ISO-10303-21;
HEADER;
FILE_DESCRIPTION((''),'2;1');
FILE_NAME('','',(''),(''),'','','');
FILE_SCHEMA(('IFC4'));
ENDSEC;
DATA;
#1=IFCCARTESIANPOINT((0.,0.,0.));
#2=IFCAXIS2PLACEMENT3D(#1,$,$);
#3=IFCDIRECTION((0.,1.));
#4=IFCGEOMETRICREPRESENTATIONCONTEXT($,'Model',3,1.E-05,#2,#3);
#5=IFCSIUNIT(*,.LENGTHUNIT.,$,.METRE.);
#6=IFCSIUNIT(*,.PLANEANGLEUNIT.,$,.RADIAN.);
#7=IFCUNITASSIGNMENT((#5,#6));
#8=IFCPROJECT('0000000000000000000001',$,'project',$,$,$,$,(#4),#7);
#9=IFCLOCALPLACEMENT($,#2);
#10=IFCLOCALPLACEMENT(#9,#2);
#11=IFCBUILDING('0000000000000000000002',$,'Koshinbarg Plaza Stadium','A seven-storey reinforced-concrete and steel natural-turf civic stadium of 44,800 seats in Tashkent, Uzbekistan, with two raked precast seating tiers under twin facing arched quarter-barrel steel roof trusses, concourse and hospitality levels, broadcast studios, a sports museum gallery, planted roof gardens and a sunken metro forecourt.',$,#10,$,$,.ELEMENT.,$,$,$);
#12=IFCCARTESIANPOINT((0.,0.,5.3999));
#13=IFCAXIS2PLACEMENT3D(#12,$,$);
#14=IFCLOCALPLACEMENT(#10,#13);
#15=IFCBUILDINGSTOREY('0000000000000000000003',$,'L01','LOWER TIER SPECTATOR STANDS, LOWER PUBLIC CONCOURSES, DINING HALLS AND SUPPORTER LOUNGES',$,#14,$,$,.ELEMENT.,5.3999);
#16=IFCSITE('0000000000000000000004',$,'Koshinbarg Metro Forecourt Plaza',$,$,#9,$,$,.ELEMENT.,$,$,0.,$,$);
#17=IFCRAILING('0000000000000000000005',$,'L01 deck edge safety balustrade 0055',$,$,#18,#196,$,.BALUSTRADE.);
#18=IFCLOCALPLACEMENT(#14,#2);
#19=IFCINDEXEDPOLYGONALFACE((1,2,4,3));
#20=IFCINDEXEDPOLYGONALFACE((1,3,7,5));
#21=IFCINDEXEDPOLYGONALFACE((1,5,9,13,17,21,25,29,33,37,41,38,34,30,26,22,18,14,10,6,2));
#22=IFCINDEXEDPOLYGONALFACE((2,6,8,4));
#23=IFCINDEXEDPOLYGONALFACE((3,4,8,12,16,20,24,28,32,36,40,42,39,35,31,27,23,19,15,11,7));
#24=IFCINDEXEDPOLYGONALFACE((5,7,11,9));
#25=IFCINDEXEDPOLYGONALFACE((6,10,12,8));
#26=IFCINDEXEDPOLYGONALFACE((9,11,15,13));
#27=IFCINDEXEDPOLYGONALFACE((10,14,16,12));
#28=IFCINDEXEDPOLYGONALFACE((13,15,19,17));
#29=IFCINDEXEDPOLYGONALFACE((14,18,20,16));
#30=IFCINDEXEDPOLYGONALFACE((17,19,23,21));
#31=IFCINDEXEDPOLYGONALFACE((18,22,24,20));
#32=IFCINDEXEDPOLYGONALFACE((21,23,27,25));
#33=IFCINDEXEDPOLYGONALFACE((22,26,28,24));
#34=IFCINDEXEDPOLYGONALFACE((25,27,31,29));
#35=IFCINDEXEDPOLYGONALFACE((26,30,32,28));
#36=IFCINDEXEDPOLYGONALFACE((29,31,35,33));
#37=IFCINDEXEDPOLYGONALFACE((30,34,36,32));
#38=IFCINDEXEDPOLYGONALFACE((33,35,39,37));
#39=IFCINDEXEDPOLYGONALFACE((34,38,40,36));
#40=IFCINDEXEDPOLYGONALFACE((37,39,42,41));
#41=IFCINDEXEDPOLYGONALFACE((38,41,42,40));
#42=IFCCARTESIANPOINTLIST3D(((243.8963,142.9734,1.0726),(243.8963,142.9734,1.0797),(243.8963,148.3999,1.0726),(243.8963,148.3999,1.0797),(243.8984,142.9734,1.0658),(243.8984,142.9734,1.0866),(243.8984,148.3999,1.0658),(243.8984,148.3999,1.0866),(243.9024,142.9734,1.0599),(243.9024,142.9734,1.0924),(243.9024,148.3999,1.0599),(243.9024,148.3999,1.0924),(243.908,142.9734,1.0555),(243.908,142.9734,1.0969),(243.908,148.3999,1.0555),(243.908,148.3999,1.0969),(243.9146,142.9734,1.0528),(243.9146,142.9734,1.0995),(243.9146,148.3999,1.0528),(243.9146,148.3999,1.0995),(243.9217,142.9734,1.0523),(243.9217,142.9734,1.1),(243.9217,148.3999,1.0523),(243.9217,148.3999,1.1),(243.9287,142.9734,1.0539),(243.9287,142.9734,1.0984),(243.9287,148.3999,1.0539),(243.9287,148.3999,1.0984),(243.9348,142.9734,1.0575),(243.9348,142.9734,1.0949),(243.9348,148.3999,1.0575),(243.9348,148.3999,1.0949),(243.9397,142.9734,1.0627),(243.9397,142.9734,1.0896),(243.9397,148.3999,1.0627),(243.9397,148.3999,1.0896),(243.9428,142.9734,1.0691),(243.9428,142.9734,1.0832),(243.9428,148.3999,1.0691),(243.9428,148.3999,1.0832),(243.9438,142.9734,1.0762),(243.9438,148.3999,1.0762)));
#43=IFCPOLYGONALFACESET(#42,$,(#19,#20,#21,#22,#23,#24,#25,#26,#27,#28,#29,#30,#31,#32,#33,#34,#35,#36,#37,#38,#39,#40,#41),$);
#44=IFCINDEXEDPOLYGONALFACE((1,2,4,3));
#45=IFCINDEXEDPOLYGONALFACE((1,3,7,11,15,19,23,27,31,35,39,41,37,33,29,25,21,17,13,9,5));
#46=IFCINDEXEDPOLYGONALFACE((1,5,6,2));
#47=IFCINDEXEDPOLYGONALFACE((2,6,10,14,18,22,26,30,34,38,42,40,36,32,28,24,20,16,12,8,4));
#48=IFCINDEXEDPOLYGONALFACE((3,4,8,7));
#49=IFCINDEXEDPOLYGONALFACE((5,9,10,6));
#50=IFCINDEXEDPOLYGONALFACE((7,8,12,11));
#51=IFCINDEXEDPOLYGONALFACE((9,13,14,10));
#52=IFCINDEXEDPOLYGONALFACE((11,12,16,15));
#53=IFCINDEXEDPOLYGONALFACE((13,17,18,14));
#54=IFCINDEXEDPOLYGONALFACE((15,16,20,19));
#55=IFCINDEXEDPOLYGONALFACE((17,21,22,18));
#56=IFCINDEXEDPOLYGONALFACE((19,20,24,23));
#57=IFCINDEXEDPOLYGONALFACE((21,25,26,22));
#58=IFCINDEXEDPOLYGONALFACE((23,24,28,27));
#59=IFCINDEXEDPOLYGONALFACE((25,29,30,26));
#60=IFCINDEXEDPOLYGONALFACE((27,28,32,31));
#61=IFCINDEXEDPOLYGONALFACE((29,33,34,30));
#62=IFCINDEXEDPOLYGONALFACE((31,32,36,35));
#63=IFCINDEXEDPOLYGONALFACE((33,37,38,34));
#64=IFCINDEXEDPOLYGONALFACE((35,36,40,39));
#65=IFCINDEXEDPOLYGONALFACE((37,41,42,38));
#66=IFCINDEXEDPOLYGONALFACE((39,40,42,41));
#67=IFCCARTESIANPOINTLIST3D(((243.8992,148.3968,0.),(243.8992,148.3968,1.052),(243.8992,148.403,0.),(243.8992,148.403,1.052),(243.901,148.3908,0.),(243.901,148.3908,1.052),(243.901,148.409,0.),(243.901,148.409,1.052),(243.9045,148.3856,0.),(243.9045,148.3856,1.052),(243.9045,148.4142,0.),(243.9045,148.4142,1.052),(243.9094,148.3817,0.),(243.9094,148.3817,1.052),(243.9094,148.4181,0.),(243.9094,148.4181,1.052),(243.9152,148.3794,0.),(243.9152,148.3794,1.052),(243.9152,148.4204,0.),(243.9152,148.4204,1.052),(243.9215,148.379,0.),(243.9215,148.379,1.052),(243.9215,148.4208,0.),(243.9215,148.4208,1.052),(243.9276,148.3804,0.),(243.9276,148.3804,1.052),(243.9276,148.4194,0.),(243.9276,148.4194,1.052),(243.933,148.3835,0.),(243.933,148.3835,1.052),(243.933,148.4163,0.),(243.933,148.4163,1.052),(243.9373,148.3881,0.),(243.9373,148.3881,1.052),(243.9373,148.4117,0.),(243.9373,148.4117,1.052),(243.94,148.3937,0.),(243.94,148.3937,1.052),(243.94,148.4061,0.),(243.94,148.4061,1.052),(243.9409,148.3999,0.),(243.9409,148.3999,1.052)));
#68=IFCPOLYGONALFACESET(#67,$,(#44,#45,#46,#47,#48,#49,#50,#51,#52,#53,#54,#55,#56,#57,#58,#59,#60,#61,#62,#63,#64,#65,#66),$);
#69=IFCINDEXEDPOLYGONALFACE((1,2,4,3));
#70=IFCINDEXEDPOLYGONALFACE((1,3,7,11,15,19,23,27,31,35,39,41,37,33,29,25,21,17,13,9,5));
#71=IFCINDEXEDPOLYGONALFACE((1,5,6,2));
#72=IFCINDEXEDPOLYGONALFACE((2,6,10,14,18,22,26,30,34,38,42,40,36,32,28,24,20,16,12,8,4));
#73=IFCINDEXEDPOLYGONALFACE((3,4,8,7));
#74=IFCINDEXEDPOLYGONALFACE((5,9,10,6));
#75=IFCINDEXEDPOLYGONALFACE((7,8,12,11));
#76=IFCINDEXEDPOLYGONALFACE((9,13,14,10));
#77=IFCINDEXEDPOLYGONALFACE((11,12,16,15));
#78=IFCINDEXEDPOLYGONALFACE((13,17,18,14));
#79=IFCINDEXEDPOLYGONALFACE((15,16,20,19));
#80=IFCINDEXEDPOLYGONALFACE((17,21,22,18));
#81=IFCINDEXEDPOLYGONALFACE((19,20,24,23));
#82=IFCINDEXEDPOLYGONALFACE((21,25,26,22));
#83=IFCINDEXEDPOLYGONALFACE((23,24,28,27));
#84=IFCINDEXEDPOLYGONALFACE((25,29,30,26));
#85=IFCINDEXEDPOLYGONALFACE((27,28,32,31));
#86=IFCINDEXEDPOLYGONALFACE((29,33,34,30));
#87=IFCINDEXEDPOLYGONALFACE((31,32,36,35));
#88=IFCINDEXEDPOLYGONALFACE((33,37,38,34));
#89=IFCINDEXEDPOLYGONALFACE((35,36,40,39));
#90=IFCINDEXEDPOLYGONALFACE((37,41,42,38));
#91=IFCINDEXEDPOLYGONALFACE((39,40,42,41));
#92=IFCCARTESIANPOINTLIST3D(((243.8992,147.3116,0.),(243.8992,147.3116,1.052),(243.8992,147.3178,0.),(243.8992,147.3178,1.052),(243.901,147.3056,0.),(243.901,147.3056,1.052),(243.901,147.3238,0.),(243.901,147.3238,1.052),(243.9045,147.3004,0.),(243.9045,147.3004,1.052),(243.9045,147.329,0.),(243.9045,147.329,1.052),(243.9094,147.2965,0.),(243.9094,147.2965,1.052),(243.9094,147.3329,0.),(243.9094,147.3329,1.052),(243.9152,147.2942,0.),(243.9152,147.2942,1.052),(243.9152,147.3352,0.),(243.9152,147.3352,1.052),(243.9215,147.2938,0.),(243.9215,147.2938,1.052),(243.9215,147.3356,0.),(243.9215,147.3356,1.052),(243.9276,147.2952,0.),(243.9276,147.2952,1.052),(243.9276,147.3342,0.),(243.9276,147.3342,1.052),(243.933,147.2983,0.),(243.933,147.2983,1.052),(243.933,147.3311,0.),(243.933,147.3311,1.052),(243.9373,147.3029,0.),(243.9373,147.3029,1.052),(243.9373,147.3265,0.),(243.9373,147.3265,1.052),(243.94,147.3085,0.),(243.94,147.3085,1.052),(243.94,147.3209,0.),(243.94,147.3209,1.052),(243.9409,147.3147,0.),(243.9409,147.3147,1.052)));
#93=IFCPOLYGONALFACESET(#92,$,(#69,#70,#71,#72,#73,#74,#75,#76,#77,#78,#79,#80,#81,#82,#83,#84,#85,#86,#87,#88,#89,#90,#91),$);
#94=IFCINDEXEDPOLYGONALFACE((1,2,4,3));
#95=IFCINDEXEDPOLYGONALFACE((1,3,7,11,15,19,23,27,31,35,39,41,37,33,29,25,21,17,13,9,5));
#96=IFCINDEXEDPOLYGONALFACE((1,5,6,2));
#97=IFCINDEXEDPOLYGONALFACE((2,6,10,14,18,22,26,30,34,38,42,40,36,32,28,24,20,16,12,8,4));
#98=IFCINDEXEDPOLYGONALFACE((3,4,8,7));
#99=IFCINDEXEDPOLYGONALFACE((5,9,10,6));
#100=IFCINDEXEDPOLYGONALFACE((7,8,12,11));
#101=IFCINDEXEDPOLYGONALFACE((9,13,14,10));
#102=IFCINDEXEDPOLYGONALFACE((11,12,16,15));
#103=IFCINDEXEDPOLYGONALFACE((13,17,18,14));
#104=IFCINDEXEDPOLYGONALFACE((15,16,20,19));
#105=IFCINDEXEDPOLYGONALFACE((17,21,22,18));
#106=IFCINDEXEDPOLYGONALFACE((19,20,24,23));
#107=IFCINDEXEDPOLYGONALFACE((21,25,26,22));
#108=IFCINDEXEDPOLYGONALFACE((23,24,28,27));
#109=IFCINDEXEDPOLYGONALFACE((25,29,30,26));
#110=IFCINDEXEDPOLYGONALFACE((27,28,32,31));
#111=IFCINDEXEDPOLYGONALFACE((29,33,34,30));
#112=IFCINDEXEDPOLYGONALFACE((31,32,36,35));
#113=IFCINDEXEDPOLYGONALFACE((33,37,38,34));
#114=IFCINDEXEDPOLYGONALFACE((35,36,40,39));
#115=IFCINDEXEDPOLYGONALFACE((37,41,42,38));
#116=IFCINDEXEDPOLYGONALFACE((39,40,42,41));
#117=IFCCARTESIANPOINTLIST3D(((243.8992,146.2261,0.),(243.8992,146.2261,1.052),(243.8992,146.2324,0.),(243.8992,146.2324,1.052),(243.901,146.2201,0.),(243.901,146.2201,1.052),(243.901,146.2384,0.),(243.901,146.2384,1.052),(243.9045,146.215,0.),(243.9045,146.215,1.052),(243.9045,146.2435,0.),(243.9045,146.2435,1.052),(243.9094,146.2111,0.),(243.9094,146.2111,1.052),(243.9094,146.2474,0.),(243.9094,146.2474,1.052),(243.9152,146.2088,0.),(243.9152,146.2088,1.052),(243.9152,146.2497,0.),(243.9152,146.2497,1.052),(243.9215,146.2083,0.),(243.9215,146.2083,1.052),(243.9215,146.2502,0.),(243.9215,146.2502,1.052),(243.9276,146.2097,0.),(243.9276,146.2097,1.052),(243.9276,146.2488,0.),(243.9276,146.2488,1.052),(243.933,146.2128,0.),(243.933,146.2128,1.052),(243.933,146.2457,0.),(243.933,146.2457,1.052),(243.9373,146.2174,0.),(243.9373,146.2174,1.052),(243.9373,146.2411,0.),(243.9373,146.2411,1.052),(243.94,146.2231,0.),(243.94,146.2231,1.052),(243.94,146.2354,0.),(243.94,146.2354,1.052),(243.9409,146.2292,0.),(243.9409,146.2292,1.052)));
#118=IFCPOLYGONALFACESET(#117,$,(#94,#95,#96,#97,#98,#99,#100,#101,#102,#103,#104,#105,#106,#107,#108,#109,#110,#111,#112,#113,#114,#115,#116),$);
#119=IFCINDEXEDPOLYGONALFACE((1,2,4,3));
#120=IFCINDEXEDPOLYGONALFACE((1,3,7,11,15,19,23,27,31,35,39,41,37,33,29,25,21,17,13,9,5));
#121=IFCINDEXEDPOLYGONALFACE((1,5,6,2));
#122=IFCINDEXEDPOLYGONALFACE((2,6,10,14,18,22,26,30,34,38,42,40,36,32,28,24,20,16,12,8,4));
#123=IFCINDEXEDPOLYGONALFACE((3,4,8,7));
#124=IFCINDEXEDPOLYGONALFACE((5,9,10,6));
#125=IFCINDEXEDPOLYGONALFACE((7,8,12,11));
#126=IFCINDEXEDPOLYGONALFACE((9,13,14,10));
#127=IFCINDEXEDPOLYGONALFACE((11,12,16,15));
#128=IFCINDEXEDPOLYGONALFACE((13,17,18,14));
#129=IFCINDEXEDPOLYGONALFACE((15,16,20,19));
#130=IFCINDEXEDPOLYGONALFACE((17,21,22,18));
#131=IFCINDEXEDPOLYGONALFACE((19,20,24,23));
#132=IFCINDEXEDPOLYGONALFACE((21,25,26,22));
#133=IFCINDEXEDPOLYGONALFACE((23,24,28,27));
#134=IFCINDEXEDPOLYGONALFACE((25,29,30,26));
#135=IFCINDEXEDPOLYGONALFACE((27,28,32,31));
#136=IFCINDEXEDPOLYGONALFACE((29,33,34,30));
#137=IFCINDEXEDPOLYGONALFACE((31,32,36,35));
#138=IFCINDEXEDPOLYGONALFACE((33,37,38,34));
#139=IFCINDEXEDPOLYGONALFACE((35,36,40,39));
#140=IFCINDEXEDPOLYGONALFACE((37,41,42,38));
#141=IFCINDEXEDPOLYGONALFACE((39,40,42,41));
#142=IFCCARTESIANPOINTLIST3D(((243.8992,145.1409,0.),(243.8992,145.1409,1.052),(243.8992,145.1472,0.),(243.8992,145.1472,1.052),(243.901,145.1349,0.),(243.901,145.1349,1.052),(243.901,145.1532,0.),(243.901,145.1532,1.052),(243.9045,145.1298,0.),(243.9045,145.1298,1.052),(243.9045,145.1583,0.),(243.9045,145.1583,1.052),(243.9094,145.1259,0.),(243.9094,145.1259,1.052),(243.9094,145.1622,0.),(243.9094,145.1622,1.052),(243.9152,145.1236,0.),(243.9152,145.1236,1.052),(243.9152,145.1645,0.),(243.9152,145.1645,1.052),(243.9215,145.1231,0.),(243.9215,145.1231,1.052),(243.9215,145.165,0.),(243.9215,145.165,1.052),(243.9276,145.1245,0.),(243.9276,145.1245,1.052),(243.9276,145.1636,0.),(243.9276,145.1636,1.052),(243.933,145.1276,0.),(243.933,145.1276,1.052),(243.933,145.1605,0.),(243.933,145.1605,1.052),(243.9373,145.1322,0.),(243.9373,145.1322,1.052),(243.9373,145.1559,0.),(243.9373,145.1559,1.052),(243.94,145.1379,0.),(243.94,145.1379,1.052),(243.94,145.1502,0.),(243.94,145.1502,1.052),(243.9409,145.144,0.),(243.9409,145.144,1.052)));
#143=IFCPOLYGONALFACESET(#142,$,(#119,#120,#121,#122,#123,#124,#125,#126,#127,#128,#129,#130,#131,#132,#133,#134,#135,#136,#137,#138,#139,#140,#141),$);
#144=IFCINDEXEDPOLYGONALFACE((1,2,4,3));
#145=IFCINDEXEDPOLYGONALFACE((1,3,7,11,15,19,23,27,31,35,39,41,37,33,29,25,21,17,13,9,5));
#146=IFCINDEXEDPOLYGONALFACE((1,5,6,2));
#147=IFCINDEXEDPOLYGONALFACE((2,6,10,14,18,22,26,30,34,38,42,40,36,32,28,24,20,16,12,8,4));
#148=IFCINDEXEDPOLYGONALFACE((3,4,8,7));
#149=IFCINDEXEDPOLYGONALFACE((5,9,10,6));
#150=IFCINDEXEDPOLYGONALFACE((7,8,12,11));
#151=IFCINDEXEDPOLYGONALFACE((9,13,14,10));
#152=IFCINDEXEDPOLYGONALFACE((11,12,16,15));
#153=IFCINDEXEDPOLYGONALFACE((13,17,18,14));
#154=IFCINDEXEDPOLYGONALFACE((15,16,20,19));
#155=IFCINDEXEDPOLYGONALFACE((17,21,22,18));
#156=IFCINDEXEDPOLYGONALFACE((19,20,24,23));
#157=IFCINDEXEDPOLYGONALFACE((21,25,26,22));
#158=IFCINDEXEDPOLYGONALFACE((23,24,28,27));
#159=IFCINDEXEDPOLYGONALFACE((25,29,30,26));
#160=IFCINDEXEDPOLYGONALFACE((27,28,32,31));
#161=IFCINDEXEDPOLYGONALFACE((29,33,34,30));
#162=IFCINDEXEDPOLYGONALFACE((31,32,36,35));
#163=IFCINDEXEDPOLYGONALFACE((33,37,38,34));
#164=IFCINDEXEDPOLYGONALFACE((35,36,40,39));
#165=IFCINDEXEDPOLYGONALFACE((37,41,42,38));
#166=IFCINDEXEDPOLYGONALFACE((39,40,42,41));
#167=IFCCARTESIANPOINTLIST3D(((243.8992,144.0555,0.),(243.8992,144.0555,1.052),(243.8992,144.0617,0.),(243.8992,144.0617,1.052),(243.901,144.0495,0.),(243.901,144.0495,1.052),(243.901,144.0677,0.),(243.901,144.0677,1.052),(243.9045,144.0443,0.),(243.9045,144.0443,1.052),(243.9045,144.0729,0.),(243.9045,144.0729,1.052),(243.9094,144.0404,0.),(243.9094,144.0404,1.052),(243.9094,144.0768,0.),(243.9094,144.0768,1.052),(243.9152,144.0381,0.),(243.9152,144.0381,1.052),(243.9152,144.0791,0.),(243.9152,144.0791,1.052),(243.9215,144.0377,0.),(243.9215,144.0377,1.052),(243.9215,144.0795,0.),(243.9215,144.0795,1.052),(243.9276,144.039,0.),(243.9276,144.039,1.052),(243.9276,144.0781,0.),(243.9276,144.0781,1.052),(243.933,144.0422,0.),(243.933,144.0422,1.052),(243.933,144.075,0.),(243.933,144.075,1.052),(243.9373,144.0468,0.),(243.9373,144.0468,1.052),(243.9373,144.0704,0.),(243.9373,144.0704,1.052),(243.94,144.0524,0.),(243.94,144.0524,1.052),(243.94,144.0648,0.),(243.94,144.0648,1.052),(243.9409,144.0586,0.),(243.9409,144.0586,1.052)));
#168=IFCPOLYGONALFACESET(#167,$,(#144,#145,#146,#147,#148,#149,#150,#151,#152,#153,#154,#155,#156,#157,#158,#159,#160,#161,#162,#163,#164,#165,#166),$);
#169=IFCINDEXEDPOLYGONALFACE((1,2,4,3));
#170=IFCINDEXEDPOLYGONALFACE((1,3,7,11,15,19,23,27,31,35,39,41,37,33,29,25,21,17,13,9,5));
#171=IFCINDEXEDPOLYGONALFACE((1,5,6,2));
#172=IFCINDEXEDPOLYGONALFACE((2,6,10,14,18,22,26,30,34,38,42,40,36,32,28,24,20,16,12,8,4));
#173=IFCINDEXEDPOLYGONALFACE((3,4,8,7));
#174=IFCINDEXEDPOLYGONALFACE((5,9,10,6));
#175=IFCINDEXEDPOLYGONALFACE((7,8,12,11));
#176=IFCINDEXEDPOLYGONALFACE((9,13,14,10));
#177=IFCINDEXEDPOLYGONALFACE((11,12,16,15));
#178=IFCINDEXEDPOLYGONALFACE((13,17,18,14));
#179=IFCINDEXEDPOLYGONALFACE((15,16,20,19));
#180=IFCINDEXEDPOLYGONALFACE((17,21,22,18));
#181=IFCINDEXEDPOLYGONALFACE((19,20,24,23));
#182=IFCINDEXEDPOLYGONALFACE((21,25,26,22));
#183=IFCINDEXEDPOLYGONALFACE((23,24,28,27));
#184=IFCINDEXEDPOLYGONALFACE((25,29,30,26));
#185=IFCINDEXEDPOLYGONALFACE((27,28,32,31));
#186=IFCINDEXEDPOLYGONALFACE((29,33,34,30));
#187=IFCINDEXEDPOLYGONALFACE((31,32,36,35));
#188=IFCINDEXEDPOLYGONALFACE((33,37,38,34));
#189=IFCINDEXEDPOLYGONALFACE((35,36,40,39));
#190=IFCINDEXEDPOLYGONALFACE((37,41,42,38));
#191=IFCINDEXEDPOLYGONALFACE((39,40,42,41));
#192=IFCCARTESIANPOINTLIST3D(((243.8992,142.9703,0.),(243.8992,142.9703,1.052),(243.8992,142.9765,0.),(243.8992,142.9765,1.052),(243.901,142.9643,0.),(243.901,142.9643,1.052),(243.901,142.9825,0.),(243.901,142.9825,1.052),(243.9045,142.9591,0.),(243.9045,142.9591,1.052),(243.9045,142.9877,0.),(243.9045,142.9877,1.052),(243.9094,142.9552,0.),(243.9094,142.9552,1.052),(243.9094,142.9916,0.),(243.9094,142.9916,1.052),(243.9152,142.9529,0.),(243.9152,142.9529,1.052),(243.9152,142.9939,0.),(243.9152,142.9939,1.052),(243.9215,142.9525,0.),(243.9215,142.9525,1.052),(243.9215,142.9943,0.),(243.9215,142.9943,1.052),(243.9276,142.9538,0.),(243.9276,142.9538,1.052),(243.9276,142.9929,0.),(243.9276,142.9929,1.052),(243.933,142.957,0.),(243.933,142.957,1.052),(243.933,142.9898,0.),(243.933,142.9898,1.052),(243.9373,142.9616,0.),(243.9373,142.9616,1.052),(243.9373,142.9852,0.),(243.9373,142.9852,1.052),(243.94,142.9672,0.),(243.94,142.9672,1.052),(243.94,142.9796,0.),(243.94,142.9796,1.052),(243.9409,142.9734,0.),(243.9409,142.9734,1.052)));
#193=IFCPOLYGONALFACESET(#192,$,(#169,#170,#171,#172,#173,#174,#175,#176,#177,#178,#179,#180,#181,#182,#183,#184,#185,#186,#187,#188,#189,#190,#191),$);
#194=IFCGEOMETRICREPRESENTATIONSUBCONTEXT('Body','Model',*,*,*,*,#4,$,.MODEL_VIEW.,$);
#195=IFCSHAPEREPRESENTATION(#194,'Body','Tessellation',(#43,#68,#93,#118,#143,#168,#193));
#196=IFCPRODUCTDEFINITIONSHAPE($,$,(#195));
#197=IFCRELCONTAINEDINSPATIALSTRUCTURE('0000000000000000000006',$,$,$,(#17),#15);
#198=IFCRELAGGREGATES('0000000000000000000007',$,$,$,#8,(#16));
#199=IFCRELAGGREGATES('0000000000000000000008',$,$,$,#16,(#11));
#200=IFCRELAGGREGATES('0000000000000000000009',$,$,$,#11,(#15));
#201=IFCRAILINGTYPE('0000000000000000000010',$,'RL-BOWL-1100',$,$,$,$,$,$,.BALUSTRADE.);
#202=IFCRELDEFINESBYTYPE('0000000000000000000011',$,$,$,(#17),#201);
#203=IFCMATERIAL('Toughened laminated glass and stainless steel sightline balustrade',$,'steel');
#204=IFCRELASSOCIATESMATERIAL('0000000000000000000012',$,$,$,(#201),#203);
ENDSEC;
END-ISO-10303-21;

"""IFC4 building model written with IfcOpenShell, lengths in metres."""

from ifc_helpers import new_model, si_unit, direction, frame, origin, origin_2d, place, context, subcontext, project, spatial, circle, extrude, material, type_object, element, save


model = new_model("IFC4")

# Units and contexts
model_context = context("Model", 3, precision=1e-05, world=origin(), true_north=direction((0.0, 1.0)))
body_context = subcontext(model_context, "Body", "Model", "MODEL_VIEW")
ifc_project = project(units=[si_unit("LENGTHUNIT", "METRE"), si_unit("PLANEANGLEUNIT", "RADIAN")], contexts=[model_context])

# Site, building, storey
site_placement = place(None, origin())
site = spatial("IfcSite", under=ifc_project, at=site_placement, Name="Koshinbarg Metro Forecourt Plaza", CompositionType="ELEMENT", RefElevation=0.0)
building_placement = place(site_placement, origin())
building = spatial("IfcBuilding", under=site, at=building_placement, Name="Koshinbarg Plaza Stadium", Description="A seven-storey reinforced-concrete and steel natural-turf civic stadium of 44,800 seats in Tashkent, Uzbekistan, with two raked precast seating tiers under twin facing arched quarter-barrel steel roof trusses, concourse and hospitality levels, broadcast studios, a sports museum gallery, planted roof gardens and a sunken metro forecourt.", CompositionType="ELEMENT")
storey_placement = place(building_placement, frame((0.0, 0.0, 5.3999)))
storey = spatial("IfcBuildingStorey", under=building, at=storey_placement, Name="L01", Description="LOWER TIER SPECTATOR STANDS, LOWER PUBLIC CONCOURSES, DINING HALLS AND SUPPORTER LOUNGES", CompositionType="ELEMENT", Elevation=5.3999)

# Railing
ifc_material_1 = material(Name="Toughened laminated glass and stainless steel sightline balustrade", Category="steel")
railing_type = type_object("IfcRailingType", Name="RL-BOWL-1100", PredefinedType="BALUSTRADE", material=ifc_material_1)
railing_1_placement = place(storey_placement, frame((243.9199, 148.3999, 0.0)))
element("IfcRailing", 1, at=railing_1_placement, inside=storey, type_object=railing_type, Name="L01 deck edge safety balustrade 0055", PredefinedType="BALUSTRADE", context=body_context, shape_type="SweptSolid", body=[
    extrude(circle(Radius=0.0239, at=origin_2d()), frame((0.0, 0.0, 1.0762), z_axis=(0.0, -1.0, 0.0), x_axis=(1.0, 0.0, 0.0)), (0.0, 0.0, 1.0), 5.4265),
    extrude(circle(Radius=0.021, at=origin_2d()), origin(), (0.0, 0.0, 1.0), 1.052),
    extrude(circle(Radius=0.021, at=origin_2d()), frame((0.0, -1.0852, 0.0)), (0.0, 0.0, 1.0), 1.052),
    extrude(circle(Radius=0.021, at=origin_2d()), frame((0.0, -2.1707, 0.0)), (0.0, 0.0, 1.0), 1.052),
    extrude(circle(Radius=0.021, at=origin_2d()), frame((0.0, -3.2559, 0.0)), (0.0, 0.0, 1.0), 1.052),
    extrude(circle(Radius=0.021, at=origin_2d()), frame((0.0, -4.3413, 0.0)), (0.0, 0.0, 1.0), 1.052),
    extrude(circle(Radius=0.021, at=origin_2d()), frame((0.0, -5.4265, 0.0)), (0.0, 0.0, 1.0), 1.052),
])

save(model, "model.ifc")
